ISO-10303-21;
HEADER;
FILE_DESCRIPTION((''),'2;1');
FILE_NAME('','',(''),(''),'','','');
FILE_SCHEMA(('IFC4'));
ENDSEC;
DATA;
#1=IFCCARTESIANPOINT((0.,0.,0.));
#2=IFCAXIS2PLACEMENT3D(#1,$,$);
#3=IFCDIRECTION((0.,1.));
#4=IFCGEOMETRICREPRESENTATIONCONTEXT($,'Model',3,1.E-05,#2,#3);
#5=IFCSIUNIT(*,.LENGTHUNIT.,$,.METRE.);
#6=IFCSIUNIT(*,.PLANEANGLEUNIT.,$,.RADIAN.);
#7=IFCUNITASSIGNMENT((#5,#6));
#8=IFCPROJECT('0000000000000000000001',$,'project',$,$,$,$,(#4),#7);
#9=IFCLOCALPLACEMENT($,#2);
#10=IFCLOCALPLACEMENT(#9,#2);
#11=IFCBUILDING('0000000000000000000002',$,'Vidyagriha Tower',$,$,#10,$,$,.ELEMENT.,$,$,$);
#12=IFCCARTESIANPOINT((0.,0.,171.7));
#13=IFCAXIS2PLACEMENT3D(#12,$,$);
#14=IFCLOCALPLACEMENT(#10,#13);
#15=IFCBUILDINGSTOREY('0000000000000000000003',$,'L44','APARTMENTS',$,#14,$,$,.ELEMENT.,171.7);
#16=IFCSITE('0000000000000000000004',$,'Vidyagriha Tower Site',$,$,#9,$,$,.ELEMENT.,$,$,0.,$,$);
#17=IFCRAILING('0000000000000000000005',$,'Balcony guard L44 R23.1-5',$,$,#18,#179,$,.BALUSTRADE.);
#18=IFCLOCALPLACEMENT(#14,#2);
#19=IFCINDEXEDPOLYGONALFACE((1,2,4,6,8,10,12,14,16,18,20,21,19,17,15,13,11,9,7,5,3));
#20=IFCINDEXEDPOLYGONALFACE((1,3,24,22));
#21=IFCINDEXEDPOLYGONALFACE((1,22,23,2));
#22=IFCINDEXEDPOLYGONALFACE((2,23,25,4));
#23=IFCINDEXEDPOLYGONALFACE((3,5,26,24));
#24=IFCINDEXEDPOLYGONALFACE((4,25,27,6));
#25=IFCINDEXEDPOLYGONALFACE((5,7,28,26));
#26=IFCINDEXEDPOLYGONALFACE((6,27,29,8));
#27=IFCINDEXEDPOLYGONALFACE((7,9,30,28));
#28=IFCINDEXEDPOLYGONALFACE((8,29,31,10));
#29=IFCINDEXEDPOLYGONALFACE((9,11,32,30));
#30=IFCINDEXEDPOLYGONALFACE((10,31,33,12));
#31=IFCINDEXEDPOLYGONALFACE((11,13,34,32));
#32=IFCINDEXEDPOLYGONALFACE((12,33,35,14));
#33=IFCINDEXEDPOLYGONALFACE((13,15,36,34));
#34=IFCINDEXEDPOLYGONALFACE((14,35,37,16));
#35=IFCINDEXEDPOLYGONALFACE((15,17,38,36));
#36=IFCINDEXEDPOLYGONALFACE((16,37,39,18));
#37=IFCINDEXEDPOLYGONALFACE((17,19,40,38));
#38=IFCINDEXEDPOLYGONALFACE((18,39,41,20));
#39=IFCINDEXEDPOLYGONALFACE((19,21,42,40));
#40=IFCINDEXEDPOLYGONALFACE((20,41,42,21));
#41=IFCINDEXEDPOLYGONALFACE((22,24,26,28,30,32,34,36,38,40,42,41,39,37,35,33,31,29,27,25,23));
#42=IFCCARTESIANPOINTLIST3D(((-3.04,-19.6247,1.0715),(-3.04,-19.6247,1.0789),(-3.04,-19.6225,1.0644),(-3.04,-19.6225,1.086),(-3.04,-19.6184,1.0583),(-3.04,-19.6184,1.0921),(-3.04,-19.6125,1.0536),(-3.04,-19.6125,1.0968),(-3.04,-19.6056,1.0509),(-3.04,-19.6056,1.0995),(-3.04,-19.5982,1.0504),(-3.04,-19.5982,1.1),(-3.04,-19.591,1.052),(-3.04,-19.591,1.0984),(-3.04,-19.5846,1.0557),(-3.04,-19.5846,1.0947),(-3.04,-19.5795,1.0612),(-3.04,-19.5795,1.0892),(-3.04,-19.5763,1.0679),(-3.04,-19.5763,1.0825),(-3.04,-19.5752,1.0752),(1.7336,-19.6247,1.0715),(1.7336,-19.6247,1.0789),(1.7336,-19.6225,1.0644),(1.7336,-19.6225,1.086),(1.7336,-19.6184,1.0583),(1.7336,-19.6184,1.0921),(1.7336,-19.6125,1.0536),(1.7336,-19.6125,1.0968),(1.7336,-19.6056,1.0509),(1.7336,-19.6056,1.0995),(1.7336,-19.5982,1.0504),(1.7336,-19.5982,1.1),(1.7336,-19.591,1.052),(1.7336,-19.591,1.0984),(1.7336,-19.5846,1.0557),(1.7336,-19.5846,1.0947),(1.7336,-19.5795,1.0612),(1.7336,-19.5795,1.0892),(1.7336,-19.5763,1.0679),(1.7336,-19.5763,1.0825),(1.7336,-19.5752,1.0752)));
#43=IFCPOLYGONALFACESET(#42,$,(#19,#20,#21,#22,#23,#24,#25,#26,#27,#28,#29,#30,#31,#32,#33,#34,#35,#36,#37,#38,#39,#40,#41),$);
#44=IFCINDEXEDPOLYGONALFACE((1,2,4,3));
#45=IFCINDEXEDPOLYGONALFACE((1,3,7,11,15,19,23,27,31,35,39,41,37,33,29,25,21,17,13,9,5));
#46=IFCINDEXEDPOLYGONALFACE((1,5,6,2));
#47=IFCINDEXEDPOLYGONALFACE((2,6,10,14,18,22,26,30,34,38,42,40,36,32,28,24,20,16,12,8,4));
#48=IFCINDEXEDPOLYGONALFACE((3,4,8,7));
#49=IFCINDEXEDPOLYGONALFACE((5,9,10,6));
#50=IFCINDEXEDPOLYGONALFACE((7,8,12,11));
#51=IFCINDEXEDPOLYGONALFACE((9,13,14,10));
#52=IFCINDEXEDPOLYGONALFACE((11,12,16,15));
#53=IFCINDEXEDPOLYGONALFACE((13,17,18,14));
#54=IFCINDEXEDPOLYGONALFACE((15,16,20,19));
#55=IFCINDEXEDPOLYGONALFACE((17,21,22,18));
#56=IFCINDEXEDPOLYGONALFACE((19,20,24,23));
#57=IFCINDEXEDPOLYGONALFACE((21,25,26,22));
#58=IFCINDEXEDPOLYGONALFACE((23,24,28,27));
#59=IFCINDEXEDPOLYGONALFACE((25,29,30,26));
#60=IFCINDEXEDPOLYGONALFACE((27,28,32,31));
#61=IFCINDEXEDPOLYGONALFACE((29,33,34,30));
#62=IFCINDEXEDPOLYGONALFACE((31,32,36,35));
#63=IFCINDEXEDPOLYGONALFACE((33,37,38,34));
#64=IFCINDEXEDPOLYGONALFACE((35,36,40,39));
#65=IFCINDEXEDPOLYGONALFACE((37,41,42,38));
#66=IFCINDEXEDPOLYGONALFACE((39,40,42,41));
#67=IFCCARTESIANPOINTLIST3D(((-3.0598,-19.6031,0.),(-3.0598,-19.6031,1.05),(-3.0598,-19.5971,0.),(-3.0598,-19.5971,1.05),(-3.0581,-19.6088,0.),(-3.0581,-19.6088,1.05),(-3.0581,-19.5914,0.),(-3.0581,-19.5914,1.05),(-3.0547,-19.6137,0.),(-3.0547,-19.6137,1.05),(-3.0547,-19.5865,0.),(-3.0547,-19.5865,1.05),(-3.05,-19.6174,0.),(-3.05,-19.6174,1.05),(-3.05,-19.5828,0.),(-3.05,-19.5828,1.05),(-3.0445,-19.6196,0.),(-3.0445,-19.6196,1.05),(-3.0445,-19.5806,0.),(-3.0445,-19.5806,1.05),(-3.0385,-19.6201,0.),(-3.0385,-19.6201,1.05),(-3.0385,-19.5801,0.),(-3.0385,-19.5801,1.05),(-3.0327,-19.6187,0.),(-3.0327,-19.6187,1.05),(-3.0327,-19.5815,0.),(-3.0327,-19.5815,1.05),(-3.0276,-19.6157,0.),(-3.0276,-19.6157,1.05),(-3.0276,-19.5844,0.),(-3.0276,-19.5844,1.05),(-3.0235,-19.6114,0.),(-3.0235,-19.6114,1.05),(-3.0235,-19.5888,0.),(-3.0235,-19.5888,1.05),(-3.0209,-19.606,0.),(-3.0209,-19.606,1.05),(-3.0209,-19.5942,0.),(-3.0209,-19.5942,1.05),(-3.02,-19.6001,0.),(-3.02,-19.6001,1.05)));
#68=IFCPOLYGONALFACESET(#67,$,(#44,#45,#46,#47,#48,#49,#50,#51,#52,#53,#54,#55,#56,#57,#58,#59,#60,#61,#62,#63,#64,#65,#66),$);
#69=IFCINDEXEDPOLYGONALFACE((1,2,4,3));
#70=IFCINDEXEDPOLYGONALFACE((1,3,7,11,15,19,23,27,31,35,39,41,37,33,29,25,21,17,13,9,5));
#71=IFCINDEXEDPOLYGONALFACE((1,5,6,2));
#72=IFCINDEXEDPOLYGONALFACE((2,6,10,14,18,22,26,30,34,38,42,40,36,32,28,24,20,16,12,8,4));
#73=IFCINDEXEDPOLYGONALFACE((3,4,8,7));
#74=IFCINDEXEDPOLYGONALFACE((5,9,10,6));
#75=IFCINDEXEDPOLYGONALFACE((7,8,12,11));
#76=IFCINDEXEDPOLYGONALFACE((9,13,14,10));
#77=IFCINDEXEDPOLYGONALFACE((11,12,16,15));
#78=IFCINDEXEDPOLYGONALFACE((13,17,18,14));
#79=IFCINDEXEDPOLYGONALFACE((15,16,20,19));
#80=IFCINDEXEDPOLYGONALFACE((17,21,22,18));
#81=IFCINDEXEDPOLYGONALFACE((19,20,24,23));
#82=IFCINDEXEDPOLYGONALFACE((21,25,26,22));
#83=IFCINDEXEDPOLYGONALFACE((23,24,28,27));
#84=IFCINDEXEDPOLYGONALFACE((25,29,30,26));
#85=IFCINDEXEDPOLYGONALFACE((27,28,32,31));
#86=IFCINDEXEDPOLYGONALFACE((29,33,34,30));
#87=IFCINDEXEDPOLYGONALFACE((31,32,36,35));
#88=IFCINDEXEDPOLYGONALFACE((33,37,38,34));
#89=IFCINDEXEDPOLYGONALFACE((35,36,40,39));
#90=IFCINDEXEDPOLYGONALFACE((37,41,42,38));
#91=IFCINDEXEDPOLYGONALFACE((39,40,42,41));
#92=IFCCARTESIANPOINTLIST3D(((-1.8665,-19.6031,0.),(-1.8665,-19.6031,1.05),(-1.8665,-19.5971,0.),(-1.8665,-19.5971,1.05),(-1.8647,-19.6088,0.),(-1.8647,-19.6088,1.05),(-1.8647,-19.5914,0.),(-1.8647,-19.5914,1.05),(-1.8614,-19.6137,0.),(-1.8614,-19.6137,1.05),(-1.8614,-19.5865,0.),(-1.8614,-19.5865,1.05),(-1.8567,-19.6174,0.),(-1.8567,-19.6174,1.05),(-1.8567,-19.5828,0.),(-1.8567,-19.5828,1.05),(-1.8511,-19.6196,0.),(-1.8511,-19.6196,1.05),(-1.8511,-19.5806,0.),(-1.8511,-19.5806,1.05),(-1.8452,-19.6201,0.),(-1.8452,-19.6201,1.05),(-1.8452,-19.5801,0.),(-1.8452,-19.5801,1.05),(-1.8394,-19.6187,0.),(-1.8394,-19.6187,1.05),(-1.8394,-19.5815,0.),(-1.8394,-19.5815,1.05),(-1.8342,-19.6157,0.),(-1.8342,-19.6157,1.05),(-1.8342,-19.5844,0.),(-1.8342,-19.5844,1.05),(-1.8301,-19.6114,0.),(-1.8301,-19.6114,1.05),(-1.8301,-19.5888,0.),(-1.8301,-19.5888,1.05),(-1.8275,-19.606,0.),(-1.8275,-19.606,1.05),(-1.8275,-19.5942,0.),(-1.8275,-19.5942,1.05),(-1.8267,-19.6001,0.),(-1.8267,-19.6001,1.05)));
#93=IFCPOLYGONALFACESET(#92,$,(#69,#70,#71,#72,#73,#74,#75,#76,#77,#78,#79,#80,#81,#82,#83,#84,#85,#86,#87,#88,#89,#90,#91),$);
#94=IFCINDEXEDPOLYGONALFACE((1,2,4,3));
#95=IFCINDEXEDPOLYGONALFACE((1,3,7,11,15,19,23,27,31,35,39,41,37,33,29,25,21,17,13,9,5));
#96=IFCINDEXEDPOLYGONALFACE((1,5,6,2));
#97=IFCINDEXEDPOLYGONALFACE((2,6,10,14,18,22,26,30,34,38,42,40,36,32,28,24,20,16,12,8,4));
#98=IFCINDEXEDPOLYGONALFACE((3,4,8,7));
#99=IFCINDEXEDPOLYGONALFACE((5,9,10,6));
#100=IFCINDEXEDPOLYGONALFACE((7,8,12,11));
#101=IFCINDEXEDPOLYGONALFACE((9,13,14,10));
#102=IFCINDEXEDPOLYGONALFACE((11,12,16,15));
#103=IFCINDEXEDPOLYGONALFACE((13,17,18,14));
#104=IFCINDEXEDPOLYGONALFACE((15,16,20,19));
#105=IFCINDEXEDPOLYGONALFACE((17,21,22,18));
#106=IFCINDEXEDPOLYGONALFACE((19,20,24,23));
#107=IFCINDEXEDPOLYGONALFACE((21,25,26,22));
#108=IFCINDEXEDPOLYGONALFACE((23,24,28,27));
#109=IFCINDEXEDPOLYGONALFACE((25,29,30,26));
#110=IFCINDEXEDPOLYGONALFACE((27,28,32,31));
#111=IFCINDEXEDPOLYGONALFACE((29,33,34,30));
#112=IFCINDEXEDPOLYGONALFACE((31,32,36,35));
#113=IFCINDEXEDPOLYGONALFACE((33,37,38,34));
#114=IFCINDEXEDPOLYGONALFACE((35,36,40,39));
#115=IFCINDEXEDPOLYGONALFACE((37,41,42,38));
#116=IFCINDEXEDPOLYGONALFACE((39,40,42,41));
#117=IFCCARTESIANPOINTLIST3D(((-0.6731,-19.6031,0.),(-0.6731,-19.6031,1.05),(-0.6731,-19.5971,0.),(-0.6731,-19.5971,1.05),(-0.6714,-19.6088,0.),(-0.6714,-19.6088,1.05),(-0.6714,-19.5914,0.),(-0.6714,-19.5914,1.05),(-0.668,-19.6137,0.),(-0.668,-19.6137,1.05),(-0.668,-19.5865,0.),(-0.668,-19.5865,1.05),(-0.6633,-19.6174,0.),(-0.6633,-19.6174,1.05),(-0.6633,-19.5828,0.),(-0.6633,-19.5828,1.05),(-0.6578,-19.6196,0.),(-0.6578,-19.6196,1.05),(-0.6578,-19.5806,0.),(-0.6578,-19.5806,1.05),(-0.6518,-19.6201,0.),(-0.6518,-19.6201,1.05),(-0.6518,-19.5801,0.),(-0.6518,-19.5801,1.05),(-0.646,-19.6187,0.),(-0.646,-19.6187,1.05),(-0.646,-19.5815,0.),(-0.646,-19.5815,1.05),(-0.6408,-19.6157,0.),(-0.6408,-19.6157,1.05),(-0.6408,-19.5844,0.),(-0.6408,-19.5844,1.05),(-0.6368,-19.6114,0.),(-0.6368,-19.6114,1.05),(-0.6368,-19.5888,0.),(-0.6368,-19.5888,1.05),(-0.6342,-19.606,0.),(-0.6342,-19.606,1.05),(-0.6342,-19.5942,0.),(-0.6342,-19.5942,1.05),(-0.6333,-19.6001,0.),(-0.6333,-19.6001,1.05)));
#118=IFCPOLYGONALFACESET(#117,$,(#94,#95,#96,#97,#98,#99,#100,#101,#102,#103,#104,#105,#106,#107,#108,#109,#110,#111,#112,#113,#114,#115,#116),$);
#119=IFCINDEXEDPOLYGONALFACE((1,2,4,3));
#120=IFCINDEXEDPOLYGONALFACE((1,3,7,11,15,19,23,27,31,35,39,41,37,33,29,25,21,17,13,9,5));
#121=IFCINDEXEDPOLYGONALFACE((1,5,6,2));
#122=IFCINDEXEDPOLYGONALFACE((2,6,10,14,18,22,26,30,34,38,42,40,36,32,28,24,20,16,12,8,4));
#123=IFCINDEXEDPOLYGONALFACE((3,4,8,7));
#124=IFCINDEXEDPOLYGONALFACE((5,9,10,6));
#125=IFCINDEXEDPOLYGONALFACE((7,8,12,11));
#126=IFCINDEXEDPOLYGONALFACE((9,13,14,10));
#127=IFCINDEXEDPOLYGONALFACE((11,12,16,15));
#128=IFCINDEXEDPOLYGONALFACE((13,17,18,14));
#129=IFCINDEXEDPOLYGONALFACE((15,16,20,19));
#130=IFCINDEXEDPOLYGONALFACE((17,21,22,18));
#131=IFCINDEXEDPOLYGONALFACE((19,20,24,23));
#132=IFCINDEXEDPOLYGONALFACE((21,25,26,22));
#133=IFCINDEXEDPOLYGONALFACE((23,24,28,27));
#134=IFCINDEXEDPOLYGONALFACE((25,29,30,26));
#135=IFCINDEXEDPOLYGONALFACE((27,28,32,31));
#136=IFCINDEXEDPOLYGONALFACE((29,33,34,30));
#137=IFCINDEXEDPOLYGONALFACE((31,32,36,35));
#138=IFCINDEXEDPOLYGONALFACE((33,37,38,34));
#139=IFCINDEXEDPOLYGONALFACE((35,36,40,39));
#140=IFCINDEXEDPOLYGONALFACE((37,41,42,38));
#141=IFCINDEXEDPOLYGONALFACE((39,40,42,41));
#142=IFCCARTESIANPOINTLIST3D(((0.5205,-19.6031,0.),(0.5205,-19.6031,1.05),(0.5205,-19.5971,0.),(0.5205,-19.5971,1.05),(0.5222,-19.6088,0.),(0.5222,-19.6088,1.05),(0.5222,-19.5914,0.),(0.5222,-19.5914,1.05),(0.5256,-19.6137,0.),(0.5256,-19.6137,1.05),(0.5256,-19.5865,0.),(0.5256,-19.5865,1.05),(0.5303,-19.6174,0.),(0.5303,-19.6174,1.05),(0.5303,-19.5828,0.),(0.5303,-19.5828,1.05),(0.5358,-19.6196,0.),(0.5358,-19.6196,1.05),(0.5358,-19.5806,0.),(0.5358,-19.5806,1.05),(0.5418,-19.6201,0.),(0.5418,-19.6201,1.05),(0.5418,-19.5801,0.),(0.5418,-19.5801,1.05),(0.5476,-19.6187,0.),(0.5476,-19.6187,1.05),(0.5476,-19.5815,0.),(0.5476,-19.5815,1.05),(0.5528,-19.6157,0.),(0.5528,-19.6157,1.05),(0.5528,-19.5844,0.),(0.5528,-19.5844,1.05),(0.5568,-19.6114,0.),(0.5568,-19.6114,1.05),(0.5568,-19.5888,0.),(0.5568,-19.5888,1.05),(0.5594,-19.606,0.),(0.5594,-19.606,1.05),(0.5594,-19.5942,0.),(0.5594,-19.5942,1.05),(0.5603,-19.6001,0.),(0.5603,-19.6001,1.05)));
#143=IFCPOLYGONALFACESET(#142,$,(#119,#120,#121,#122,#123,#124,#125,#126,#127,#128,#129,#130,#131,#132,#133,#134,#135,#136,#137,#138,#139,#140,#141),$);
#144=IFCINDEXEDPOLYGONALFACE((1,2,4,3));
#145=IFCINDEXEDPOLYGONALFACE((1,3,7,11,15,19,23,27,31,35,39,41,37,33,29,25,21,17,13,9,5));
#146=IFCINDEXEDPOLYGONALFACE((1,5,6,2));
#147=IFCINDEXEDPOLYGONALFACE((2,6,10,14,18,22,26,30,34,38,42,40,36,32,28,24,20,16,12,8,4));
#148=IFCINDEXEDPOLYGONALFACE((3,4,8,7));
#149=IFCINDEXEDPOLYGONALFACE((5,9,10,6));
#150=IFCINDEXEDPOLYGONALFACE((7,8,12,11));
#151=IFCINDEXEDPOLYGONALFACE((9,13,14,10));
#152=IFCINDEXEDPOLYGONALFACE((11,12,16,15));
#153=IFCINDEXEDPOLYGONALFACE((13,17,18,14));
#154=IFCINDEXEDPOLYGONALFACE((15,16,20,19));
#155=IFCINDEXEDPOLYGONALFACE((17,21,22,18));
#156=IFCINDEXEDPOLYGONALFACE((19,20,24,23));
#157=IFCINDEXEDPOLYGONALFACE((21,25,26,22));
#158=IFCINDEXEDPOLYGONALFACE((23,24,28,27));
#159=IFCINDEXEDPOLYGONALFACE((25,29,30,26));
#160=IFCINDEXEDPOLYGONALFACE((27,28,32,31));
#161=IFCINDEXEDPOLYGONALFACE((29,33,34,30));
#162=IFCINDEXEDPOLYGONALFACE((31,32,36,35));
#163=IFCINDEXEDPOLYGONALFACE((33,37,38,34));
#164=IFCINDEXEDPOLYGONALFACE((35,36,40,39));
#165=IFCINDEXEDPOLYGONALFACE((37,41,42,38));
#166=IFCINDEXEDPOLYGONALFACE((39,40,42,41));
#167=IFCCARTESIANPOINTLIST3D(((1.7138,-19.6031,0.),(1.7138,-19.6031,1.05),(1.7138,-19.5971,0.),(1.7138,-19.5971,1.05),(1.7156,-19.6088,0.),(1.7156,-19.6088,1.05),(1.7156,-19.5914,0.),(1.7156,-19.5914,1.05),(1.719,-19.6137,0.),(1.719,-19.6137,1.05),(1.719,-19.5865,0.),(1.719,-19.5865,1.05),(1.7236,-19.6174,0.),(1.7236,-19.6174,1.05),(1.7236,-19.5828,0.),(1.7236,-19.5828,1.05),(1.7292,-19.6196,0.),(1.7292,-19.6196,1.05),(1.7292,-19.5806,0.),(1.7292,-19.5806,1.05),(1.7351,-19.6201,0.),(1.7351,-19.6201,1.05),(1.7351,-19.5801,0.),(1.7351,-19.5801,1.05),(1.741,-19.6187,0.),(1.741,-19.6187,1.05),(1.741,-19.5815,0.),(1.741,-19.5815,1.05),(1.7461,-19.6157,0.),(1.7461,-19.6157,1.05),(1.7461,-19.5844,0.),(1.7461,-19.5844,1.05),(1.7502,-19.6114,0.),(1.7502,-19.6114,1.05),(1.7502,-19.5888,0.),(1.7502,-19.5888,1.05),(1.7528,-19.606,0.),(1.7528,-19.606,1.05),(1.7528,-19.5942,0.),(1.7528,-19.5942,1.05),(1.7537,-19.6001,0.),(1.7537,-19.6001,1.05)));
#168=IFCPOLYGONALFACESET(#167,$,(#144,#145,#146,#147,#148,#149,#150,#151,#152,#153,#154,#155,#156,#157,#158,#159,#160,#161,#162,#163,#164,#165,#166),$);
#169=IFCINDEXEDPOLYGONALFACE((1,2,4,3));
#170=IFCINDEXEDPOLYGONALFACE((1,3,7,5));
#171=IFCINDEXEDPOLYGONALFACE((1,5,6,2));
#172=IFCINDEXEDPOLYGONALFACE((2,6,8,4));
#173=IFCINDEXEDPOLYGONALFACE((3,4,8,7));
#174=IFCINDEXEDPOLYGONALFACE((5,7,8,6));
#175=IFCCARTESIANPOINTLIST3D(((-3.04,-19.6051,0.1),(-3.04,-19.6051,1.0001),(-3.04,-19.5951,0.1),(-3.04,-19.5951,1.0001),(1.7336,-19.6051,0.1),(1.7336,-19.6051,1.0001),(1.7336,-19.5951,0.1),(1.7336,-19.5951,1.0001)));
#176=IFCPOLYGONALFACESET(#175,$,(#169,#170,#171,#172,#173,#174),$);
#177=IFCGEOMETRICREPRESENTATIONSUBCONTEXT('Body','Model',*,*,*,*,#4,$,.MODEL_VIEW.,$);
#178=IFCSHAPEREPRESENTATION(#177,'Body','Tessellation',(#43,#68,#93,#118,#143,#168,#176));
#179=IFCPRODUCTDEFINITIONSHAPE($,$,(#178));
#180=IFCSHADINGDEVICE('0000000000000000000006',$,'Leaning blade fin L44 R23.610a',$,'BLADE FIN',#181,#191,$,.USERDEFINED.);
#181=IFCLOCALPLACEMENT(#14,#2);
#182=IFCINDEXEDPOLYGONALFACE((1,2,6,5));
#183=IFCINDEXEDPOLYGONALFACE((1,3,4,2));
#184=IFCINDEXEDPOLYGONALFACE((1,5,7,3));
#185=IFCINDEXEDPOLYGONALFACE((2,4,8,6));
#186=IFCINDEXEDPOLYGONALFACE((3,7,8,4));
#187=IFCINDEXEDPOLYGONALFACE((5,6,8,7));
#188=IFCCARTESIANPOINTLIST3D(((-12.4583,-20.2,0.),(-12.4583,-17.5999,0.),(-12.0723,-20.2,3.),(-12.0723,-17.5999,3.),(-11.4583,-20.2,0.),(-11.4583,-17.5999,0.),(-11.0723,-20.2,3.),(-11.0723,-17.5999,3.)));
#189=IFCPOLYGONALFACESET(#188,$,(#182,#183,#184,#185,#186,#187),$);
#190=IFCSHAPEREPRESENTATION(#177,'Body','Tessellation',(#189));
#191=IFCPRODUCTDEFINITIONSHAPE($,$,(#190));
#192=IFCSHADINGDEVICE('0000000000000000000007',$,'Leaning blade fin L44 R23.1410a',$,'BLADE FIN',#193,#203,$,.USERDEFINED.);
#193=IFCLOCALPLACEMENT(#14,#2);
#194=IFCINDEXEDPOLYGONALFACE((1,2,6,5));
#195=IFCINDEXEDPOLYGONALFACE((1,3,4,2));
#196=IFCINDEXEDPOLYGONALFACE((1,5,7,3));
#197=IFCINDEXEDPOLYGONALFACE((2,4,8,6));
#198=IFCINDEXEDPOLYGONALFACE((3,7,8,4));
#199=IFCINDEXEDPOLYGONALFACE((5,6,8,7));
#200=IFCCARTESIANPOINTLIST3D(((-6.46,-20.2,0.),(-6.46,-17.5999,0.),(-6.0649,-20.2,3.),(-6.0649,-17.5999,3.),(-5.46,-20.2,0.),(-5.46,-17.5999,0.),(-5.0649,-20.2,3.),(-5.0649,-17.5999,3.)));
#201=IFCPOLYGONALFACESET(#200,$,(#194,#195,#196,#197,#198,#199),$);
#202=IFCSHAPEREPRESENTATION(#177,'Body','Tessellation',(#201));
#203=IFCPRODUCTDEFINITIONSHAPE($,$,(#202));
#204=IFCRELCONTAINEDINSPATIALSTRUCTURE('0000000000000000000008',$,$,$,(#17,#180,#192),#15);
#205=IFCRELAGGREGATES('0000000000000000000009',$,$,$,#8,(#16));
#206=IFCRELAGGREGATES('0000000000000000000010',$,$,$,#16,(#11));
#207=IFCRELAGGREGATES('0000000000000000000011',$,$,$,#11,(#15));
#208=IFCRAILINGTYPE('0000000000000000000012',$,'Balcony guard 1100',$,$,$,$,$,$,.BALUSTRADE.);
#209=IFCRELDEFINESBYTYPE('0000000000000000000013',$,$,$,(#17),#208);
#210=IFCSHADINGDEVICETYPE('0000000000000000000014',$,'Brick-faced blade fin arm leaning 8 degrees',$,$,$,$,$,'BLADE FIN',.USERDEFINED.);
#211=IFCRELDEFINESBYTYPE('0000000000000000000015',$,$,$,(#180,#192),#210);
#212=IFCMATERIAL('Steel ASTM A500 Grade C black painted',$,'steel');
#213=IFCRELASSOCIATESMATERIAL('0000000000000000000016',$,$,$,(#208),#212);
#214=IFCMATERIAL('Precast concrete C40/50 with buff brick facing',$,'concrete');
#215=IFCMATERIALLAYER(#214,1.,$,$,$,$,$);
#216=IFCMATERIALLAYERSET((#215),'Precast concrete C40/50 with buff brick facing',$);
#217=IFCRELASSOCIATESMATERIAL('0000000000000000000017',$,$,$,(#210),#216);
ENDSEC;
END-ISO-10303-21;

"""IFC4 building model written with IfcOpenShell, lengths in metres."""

from ifc_helpers import new_model, si_unit, direction, frame, origin, origin_2d, place, context, subcontext, project, spatial, polyline, rectangle, circle, outline, extrude, material, layer, layer_set, type_object, element, save


model = new_model("IFC4")

# Units and contexts
model_context = context("Model", 3, precision=1e-05, world=origin(), true_north=direction((0.0, 1.0)))
body_context = subcontext(model_context, "Body", "Model", "MODEL_VIEW")
ifc_project = project(units=[si_unit("LENGTHUNIT", "METRE"), si_unit("PLANEANGLEUNIT", "RADIAN")], contexts=[model_context])

# Site, building, storey
site_placement = place(None, origin())
site = spatial("IfcSite", under=ifc_project, at=site_placement, Name="Vidyagriha Tower Site", CompositionType="ELEMENT", RefElevation=0.0)
building_placement = place(site_placement, origin())
building = spatial("IfcBuilding", under=site, at=building_placement, Name="Vidyagriha Tower", CompositionType="ELEMENT")
storey_placement = place(building_placement, frame((0.0, 0.0, 171.7)))
storey = spatial("IfcBuildingStorey", under=building, at=storey_placement, Name="L44", Description="APARTMENTS", CompositionType="ELEMENT", Elevation=171.7)

# Railing
ifc_material_1 = material(Name="Steel ASTM A500 Grade C black painted", Category="steel")
railing_type = type_object("IfcRailingType", Name="Balcony guard 1100", PredefinedType="BALUSTRADE", material=ifc_material_1)
railing_1_placement = place(storey_placement, frame((-3.04, -19.6001, 0.0)))
element("IfcRailing", 1, at=railing_1_placement, inside=storey, type_object=railing_type, Name="Balcony guard L44 R23.1-5", PredefinedType="BALUSTRADE", context=body_context, shape_type="SweptSolid", body=[
    extrude(circle(Radius=0.0249, at=origin_2d()), frame((0.0, 0.0, 1.0752), z_axis=(1.0, 0.0, 0.0), x_axis=(0.0, 1.0, 0.0)), (0.0, 0.0, 1.0), 4.7737),
    extrude(circle(Radius=0.02, at=origin_2d()), origin(), (0.0, 0.0, 1.0), 1.05),
    extrude(circle(Radius=0.02, at=origin_2d()), frame((1.1934, 0.0, 0.0)), (0.0, 0.0, 1.0), 1.05),
    extrude(circle(Radius=0.02, at=origin_2d()), frame((2.3867, 0.0, 0.0)), (0.0, 0.0, 1.0), 1.05),
    extrude(circle(Radius=0.02, at=origin_2d()), frame((3.5803, 0.0, 0.0)), (0.0, 0.0, 1.0), 1.05),
    extrude(circle(Radius=0.02, at=origin_2d()), frame((4.7737, 0.0, 0.0)), (0.0, 0.0, 1.0), 1.05),
    extrude(rectangle(XDim=0.01, YDim=0.9001, at=origin_2d()), frame((0.0, 0.0, 0.55), z_axis=(1.0, 0.0, 0.0), x_axis=(0.0, 1.0, 0.0)), (0.0, 0.0, 1.0), 4.7737),
])

# Shading devices
ifc_material_2 = material(Name="Precast concrete C40/50 with buff brick facing", Category="concrete")
ifc_layer_1 = layer(ifc_material_2, 1.0)
ifc_layer_set_1 = layer_set([ifc_layer_1], Name="Precast concrete C40/50 with buff brick facing")
shading_device_type = type_object("IfcShadingDeviceType", Name="Brick-faced blade fin arm leaning 8 degrees", ElementType="BLADE FIN", PredefinedType="USERDEFINED", material=ifc_layer_set_1)
shading_device_1_placement = place(storey_placement, frame((-12.4583, -18.8999, 0.0)))
element("IfcShadingDevice", 2, at=shading_device_1_placement, inside=storey, type_object=shading_device_type, Name="Leaning blade fin L44 R23.610a", ObjectType="BLADE FIN", PredefinedType="USERDEFINED", context=body_context, shape_type="SweptSolid", body=[
    extrude(outline(polyline([(0.0, 0.0), (1.0, 0.0), (1.386, 3.0), (0.386, 3.0), (0.0, 0.0)])), frame((0.0, 1.3, 0.0), z_axis=(0.0, -1.0, 0.0), x_axis=(1.0, 0.0, 0.0)), (0.0, 0.0, 1.0), 2.6001),
])
shading_device_2_placement = place(storey_placement, frame((-6.46, -18.8999, 0.0)))
element("IfcShadingDevice", 3, at=shading_device_2_placement, inside=storey, type_object=shading_device_type, Name="Leaning blade fin L44 R23.1410a", ObjectType="BLADE FIN", PredefinedType="USERDEFINED", context=body_context, shape_type="SweptSolid", body=[
    extrude(outline(polyline([(0.0, 0.0), (1.0, 0.0), (1.395, 3.0), (0.395, 3.0), (0.0, 0.0)])), frame((0.0, 1.3, 0.0), z_axis=(0.0, -1.0, 0.0), x_axis=(1.0, 0.0, 0.0)), (0.0, 0.0, 1.0), 2.6001),
])

save(model, "model.ifc")
